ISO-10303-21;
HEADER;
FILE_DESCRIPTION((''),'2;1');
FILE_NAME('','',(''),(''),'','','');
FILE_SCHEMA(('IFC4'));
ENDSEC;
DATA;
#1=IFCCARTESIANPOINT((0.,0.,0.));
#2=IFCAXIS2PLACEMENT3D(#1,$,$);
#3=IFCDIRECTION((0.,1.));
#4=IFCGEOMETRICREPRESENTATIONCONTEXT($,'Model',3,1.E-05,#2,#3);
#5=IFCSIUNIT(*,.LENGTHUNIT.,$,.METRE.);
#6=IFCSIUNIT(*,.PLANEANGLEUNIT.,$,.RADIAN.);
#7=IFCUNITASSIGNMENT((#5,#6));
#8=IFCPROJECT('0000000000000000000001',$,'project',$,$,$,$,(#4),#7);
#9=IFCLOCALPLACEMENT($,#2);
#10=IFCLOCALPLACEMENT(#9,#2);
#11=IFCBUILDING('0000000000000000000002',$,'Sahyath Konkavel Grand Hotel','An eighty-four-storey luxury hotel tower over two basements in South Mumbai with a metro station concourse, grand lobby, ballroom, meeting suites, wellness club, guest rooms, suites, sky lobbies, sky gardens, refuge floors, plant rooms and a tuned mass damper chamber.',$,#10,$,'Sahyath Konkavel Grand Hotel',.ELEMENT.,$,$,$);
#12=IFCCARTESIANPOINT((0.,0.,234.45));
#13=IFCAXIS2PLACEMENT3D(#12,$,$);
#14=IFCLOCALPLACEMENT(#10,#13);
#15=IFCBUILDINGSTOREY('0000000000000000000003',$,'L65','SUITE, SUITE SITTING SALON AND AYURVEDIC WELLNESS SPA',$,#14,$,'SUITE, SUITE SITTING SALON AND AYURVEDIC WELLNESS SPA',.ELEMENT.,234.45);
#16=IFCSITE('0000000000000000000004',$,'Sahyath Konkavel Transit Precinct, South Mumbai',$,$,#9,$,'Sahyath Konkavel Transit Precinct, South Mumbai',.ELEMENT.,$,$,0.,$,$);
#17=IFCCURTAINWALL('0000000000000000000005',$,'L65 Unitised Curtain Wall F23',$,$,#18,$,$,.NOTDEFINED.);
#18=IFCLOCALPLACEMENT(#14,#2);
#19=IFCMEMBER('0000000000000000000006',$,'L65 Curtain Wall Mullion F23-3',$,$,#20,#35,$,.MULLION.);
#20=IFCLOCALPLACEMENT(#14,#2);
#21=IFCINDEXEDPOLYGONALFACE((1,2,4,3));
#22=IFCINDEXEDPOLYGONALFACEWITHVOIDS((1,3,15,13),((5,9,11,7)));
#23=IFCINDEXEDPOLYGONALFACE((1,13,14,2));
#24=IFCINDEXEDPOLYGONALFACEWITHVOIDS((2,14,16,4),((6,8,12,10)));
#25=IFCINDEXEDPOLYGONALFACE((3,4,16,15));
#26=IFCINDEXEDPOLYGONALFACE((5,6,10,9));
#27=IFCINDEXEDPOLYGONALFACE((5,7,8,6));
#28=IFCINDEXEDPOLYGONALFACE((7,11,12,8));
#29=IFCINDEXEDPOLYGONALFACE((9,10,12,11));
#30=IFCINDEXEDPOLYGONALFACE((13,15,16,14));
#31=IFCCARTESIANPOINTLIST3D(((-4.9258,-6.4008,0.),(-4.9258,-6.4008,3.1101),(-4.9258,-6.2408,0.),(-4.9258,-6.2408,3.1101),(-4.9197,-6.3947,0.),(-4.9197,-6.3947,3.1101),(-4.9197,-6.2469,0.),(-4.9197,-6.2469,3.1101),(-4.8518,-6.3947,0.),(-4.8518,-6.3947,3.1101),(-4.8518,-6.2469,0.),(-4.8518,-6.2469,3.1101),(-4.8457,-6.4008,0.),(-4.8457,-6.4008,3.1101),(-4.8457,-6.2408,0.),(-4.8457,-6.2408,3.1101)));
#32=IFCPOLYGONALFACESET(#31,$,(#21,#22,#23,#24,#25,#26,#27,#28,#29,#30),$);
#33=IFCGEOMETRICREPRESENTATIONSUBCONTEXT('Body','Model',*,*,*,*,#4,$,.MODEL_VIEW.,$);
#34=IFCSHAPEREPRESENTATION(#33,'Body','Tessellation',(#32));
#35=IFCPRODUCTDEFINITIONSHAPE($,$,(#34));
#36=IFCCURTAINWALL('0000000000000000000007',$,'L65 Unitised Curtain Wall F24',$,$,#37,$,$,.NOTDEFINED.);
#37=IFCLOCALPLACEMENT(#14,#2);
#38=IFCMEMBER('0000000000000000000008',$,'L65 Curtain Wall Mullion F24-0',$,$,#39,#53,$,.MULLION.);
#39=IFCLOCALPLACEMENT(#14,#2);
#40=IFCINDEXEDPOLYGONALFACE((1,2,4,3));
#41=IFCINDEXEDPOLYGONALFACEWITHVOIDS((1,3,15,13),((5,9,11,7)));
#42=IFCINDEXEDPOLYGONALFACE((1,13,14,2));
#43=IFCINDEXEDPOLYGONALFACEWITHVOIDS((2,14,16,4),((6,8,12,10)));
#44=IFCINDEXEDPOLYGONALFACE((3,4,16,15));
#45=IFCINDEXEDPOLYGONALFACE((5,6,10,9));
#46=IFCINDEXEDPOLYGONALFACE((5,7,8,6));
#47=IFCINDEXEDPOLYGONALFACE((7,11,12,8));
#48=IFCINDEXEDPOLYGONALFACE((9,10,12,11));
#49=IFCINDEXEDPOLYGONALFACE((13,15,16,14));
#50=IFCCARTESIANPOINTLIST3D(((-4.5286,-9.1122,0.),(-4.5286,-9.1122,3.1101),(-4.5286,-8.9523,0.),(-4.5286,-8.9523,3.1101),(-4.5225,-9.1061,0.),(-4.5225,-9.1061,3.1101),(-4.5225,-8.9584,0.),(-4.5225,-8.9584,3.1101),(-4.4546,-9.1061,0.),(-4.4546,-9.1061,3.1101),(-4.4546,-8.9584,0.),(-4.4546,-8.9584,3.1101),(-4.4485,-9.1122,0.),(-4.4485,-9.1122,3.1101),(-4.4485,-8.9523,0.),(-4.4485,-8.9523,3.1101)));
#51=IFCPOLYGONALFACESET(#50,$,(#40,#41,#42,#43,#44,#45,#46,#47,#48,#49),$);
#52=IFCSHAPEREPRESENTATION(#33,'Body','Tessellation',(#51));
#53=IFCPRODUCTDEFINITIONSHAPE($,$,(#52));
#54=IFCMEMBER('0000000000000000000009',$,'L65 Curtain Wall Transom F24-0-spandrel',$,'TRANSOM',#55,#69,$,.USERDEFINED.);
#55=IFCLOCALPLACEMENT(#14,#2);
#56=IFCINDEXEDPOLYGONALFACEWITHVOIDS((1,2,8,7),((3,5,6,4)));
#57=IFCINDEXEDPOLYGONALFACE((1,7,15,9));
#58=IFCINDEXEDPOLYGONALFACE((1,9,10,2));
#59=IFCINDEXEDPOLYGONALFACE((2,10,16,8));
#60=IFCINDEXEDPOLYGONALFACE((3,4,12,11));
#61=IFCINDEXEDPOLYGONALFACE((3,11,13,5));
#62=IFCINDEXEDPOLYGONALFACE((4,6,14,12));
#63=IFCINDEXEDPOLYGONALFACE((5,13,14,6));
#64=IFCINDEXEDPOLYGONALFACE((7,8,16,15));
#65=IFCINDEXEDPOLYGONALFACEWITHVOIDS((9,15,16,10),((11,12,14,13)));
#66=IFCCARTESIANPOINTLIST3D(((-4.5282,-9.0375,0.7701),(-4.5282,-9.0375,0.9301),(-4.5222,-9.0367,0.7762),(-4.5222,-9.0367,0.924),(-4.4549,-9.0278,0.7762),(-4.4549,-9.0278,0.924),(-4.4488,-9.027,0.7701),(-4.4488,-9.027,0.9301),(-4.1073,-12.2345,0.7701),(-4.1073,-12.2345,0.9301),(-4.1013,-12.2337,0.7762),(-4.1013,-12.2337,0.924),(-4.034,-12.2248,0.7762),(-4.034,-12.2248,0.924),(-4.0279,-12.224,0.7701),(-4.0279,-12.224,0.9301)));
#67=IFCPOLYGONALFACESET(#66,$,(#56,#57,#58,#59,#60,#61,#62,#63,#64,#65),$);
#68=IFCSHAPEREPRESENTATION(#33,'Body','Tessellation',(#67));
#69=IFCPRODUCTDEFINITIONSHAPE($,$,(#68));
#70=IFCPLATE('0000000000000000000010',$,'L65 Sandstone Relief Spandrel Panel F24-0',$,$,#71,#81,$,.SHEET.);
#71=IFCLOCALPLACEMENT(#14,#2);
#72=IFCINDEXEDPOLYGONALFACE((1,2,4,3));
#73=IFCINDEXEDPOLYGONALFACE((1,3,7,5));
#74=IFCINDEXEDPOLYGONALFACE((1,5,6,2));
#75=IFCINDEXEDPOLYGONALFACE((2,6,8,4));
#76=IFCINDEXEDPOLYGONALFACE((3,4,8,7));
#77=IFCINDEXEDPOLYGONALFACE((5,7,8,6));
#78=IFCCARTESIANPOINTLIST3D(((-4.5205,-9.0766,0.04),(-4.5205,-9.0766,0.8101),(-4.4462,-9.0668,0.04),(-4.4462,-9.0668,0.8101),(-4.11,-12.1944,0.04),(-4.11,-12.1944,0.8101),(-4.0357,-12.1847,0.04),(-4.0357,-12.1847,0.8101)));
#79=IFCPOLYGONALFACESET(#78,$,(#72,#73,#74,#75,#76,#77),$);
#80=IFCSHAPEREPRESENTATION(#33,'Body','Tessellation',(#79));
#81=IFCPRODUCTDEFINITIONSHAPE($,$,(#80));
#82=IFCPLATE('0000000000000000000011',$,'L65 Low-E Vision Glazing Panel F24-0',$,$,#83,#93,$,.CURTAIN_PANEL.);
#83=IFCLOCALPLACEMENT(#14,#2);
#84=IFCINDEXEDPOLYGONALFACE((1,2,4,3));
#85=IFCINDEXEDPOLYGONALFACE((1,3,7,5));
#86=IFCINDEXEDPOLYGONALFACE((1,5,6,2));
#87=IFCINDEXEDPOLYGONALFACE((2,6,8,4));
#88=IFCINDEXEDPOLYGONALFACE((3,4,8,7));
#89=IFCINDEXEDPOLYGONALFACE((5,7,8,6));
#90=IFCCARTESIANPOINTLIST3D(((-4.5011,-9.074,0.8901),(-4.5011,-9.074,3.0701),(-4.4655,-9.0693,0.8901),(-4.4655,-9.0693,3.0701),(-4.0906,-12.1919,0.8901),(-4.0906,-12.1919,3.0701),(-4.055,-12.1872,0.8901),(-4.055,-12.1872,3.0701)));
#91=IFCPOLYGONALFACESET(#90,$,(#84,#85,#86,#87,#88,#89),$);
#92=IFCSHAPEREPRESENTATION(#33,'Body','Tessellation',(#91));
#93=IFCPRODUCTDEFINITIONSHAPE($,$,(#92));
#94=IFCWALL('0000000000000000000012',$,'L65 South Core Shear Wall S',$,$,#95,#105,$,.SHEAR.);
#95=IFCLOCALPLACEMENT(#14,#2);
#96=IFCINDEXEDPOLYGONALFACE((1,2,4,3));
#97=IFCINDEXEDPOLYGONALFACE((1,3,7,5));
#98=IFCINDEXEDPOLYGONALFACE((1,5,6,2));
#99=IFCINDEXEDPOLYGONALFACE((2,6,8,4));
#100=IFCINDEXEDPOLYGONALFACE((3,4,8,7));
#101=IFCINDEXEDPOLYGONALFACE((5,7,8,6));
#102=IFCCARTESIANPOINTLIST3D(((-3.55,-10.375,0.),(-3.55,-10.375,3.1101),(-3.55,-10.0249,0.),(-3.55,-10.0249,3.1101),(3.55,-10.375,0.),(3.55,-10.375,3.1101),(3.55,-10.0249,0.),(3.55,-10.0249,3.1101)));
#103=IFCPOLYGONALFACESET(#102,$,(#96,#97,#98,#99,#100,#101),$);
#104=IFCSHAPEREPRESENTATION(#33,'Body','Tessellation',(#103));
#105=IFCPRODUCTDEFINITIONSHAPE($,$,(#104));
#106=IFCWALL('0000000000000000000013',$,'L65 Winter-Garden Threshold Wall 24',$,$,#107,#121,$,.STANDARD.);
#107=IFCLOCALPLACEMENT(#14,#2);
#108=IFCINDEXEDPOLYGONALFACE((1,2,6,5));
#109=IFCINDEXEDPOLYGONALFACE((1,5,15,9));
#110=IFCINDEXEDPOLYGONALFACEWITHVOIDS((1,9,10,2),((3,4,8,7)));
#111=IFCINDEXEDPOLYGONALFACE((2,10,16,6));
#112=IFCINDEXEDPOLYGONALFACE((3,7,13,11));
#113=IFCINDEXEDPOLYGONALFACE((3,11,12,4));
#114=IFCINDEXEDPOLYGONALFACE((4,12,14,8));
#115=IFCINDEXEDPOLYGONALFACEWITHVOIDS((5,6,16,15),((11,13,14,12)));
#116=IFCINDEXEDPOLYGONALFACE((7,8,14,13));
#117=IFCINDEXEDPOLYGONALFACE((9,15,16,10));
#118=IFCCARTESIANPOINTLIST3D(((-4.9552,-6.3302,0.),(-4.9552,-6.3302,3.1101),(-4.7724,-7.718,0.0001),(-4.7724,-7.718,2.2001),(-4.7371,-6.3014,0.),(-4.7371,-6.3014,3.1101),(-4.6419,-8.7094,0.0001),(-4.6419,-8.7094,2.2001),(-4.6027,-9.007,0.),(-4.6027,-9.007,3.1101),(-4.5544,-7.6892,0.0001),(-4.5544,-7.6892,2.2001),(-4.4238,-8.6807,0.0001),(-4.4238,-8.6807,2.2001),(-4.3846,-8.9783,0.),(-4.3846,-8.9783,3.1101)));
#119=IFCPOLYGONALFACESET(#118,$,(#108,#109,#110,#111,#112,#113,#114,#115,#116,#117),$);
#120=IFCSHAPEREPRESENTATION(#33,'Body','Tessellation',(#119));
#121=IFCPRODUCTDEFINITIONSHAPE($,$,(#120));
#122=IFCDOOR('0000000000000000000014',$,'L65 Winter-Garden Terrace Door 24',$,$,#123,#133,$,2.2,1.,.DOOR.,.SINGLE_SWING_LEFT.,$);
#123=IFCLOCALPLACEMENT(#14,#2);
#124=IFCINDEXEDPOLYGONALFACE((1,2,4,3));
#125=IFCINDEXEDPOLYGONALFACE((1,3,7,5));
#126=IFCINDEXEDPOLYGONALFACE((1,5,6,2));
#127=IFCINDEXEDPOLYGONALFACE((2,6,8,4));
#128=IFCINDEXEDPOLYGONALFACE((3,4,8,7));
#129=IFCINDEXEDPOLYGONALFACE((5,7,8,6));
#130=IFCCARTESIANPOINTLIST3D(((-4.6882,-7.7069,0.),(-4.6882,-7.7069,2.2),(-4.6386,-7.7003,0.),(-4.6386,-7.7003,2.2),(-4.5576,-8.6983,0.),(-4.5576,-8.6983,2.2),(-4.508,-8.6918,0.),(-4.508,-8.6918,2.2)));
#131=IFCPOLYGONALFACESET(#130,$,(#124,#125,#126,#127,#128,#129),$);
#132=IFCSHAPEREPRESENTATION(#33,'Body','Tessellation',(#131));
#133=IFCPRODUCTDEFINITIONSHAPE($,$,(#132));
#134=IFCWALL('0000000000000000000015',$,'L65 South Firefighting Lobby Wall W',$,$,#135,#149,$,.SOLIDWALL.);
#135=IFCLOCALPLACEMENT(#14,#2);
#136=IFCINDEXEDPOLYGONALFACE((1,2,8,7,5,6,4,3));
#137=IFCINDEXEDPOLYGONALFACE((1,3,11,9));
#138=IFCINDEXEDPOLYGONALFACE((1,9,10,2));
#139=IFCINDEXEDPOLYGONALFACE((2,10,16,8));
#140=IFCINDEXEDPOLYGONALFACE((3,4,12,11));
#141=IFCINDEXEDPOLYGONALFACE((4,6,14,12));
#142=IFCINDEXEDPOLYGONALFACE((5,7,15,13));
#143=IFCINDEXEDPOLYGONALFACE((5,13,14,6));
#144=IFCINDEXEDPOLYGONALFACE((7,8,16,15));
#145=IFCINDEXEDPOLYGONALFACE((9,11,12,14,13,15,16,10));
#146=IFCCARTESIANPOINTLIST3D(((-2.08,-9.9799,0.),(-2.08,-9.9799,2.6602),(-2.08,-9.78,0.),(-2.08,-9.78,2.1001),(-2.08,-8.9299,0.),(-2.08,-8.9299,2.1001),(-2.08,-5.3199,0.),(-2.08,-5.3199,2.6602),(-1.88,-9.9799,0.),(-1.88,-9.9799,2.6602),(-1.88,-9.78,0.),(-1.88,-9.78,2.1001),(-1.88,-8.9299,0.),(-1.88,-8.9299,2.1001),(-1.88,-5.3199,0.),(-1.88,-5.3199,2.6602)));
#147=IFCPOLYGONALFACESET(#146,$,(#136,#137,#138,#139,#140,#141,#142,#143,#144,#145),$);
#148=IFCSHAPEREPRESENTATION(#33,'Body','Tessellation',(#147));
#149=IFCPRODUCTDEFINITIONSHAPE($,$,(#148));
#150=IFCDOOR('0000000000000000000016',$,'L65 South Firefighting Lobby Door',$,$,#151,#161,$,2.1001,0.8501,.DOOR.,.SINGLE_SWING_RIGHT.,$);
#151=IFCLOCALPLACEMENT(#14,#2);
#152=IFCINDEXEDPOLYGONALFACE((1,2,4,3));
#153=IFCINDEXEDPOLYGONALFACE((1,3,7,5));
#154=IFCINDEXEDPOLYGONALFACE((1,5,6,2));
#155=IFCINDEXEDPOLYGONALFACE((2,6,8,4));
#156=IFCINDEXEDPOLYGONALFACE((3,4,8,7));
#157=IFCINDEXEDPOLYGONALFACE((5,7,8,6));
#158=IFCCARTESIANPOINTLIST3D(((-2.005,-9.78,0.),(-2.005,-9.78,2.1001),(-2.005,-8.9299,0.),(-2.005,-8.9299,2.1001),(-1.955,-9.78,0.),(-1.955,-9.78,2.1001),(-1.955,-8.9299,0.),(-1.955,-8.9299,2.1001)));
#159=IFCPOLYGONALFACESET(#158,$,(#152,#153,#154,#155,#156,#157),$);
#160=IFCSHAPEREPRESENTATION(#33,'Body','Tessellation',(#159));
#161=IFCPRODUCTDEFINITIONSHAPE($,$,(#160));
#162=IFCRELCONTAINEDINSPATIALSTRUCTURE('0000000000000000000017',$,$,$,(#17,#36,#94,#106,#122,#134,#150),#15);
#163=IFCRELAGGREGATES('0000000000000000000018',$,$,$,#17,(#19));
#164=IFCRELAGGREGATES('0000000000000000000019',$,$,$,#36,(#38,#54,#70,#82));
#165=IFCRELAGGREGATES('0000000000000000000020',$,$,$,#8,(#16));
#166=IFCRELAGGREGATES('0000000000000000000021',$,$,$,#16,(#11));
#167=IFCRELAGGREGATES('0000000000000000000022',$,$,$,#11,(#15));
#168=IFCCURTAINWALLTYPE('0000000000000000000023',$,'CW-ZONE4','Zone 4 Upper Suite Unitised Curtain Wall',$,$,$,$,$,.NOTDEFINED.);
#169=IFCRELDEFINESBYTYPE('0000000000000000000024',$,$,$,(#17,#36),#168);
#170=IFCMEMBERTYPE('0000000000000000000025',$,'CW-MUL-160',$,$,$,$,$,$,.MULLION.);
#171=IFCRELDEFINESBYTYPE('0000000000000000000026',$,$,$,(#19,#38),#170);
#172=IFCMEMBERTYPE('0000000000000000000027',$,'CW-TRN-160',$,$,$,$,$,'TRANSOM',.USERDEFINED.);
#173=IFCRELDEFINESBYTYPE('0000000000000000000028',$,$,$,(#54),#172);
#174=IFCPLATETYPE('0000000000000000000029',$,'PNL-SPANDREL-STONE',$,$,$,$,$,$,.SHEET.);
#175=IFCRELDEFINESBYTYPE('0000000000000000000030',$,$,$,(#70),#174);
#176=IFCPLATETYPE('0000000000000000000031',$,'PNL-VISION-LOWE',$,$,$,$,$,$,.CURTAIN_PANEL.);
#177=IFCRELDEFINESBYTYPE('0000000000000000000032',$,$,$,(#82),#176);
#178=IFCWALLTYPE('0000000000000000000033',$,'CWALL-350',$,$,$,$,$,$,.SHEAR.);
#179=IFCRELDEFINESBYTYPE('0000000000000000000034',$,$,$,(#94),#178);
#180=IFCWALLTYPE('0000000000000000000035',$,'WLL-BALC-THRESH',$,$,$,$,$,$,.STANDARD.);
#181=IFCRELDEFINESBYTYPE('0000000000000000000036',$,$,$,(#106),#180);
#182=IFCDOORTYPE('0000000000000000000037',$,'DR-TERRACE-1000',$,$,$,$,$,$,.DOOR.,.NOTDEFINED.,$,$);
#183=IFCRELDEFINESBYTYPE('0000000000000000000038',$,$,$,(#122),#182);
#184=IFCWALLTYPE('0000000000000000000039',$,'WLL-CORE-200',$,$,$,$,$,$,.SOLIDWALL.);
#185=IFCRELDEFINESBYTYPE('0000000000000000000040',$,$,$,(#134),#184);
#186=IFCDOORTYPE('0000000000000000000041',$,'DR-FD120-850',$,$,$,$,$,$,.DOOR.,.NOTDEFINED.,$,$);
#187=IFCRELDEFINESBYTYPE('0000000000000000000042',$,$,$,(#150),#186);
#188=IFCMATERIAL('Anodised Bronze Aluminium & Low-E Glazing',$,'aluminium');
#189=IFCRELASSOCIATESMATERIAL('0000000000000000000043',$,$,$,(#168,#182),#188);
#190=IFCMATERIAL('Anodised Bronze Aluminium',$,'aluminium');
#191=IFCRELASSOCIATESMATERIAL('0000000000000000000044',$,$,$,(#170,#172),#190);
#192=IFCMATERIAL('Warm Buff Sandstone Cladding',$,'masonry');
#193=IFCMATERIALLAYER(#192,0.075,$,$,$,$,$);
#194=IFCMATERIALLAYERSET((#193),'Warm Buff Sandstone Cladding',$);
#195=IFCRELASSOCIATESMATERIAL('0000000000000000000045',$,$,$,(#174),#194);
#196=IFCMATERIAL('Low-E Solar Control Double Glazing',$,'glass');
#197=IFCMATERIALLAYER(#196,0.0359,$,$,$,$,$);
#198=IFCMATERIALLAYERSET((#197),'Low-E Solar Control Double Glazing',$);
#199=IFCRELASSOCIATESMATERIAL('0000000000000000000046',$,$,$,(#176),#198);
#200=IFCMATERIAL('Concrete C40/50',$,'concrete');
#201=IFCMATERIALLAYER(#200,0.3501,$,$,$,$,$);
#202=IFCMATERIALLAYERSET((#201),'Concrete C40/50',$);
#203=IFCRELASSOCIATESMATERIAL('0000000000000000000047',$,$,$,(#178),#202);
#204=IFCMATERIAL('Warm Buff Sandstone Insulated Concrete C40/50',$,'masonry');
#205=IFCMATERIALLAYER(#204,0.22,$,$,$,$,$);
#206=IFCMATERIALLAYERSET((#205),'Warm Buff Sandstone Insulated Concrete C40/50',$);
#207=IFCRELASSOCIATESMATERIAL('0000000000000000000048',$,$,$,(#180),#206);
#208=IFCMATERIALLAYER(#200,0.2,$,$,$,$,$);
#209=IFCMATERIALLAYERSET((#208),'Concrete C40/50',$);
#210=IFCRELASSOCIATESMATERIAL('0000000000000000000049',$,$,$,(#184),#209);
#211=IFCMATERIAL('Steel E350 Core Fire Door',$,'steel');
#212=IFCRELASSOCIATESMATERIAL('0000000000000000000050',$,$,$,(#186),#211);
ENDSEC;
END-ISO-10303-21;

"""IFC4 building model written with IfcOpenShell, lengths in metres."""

from ifc_helpers import new_model, si_unit, direction, frame, frame_2d, origin, origin_2d, place, context, subcontext, project, spatial, rectangle, hollow_rectangle, extrude, source, transform, mapped, material, layer, layer_set, material_profile, profile_set, type_object, element, fill, aggregate, save


model = new_model("IFC4")

# Units and contexts
model_context = context("Model", 3, precision=1e-05, world=origin(), true_north=direction((0.0, 1.0)))
body_context = subcontext(model_context, "Body", "Model", "MODEL_VIEW")
ifc_project = project(units=[si_unit("LENGTHUNIT", "METRE"), si_unit("PLANEANGLEUNIT", "RADIAN")], contexts=[model_context])

# Site, building, storey
site_placement = place(None, origin())
site = spatial("IfcSite", under=ifc_project, at=site_placement, Name="Sahyath Konkavel Transit Precinct, South Mumbai", LongName="Sahyath Konkavel Transit Precinct, South Mumbai", CompositionType="ELEMENT", RefElevation=0.0)
building_placement = place(site_placement, origin())
building = spatial("IfcBuilding", under=site, at=building_placement, Name="Sahyath Konkavel Grand Hotel", Description="An eighty-four-storey luxury hotel tower over two basements in South Mumbai with a metro station concourse, grand lobby, ballroom, meeting suites, wellness club, guest rooms, suites, sky lobbies, sky gardens, refuge floors, plant rooms and a tuned mass damper chamber.", LongName="Sahyath Konkavel Grand Hotel", CompositionType="ELEMENT")
storey_placement = place(building_placement, frame((0.0, 0.0, 234.45)))
storey = spatial("IfcBuildingStorey", under=building, at=storey_placement, Name="L65", Description="SUITE, SUITE SITTING SALON AND AYURVEDIC WELLNESS SPA", LongName="SUITE, SUITE SITTING SALON AND AYURVEDIC WELLNESS SPA", CompositionType="ELEMENT", Elevation=234.45)

# Shared definitions
ifc_material_1 = material(Name="Concrete C40/50", Category="concrete")

# Curtain wall, member
ifc_material_2 = material(Name="Anodised Bronze Aluminium & Low-E Glazing", Category="aluminium")
curtain_wall_type = type_object("IfcCurtainWallType", Name="CW-ZONE4", Description="Zone 4 Upper Suite Unitised Curtain Wall", PredefinedType="NOTDEFINED", material=ifc_material_2)
curtain_wall_1_placement = place(storey_placement, origin())
curtain_wall_1 = element("IfcCurtainWall", 1, at=curtain_wall_1_placement, inside=storey, type_object=curtain_wall_type, Name="L65 Unitised Curtain Wall F23", PredefinedType="NOTDEFINED")
ifc_material_3 = material(Name="Anodised Bronze Aluminium", Category="aluminium")
ifc_material_profile_1 = material_profile(ifc_material_3, hollow_rectangle(XDim=0.0801, YDim=0.1599, WallThickness=0.0061, at=origin_2d()), Name="RHS 160x80x6")
ifc_profile_set_1 = profile_set([ifc_material_profile_1], Name="Anodised Bronze Aluminium")
member_type_1 = type_object("IfcMemberType", Name="CW-MUL-160", PredefinedType="MULLION", material=ifc_profile_set_1)
shared_shape_1 = source(origin(), body_context, "Body", "SweptSolid", [
    extrude(hollow_rectangle(XDim=0.0801, YDim=0.1599, WallThickness=0.0061, at=origin_2d()), origin(), (0.0, 0.0, 1.0), 3.1101),
])
member_1_placement = place(storey_placement, frame((-4.8857, -6.3208, 0.0), z_axis=(0.0, 0.0, 1.0), x_axis=(1.0, 0.0, 0.0)))
member_1 = element("IfcMember", 2, at=member_1_placement, type_object=member_type_1, Name="L65 Curtain Wall Mullion F23-3", PredefinedType="MULLION", context=body_context, shape_type="MappedRepresentation", body=[
    mapped(shared_shape_1, transform((0.0, 0.0, 0.0), scale=1.0)),
])
aggregate(curtain_wall_1, [member_1])

# Curtain wall, members, plates
curtain_wall_2_placement = place(storey_placement, origin())
curtain_wall_2 = element("IfcCurtainWall", 3, at=curtain_wall_2_placement, inside=storey, type_object=curtain_wall_type, Name="L65 Unitised Curtain Wall F24", PredefinedType="NOTDEFINED")
member_2_placement = place(storey_placement, frame((-4.4885, -9.0322, 0.0), z_axis=(0.0, 0.0, 1.0), x_axis=(1.0, 0.0, 0.0)))
member_2 = element("IfcMember", 4, at=member_2_placement, type_object=member_type_1, Name="L65 Curtain Wall Mullion F24-0", PredefinedType="MULLION", context=body_context, shape_type="MappedRepresentation", body=[
    mapped(shared_shape_1, transform((0.0, 0.0, 0.0), scale=1.0)),
])
ifc_material_profile_2 = material_profile(ifc_material_3, hollow_rectangle(XDim=0.0801, YDim=0.1599, WallThickness=0.0061, at=origin_2d()), Name="RHS 160x80x6")
ifc_profile_set_2 = profile_set([ifc_material_profile_2], Name="Anodised Bronze Aluminium")
member_type_2 = type_object("IfcMemberType", Name="CW-TRN-160", ElementType="TRANSOM", PredefinedType="USERDEFINED", material=ifc_profile_set_2)
shared_shape_2 = source(origin(), body_context, "Body", "SweptSolid", [
    extrude(hollow_rectangle(XDim=0.0801, YDim=0.1599, WallThickness=0.0061, at=origin_2d()), origin(), (0.0, 0.0, 1.0), 3.2246),
])
member_3_placement = place(storey_placement, frame((-4.4885, -9.0322, 0.8501), z_axis=(0.130527, -0.991445, 0.0), x_axis=(0.991445, 0.130527, 0.0)))
member_3 = element("IfcMember", 5, at=member_3_placement, type_object=member_type_2, Name="L65 Curtain Wall Transom F24-0-spandrel", ObjectType="TRANSOM", PredefinedType="USERDEFINED", context=body_context, shape_type="MappedRepresentation", body=[
    mapped(shared_shape_2, transform((0.0, 0.0, 0.0), scale=1.0)),
])
ifc_material_4 = material(Name="Warm Buff Sandstone Cladding", Category="masonry")
ifc_layer_1 = layer(ifc_material_4, 0.075)
ifc_layer_set_1 = layer_set([ifc_layer_1], Name="Warm Buff Sandstone Cladding")
plate_type_1 = type_object("IfcPlateType", Name="PNL-SPANDREL-STONE", PredefinedType="SHEET", material=ifc_layer_set_1)
shared_shape_3 = source(origin(), body_context, "Body", "SweptSolid", [
    extrude(rectangle(XDim=3.1448, YDim=0.075, at=origin_2d()), origin(), (0.0, 0.0, 1.0), 0.77),
])
plate_1_placement = place(storey_placement, frame((-4.2781, -10.6306, 0.04), z_axis=(0.0, 0.0, 1.0), x_axis=(0.130526, -0.991445, 0.0)))
plate_1 = element("IfcPlate", 6, at=plate_1_placement, type_object=plate_type_1, Name="L65 Sandstone Relief Spandrel Panel F24-0", PredefinedType="SHEET", context=body_context, shape_type="MappedRepresentation", body=[
    mapped(shared_shape_3, transform((0.0, 0.0, 0.0), scale=1.0)),
])
ifc_material_5 = material(Name="Low-E Solar Control Double Glazing", Category="glass")
ifc_layer_2 = layer(ifc_material_5, 0.0359)
ifc_layer_set_2 = layer_set([ifc_layer_2], Name="Low-E Solar Control Double Glazing")
plate_type_2 = type_object("IfcPlateType", Name="PNL-VISION-LOWE", PredefinedType="CURTAIN_PANEL", material=ifc_layer_set_2)
shared_shape_4 = source(origin(), body_context, "Body", "SweptSolid", [
    extrude(rectangle(XDim=3.1448, YDim=0.0359, at=origin_2d()), origin(), (0.0, 0.0, 1.0), 2.1799),
])
plate_2_placement = place(storey_placement, frame((-4.2781, -10.6306, 0.8901), z_axis=(0.0, 0.0, 1.0), x_axis=(0.130526, -0.991445, 0.0)))
plate_2 = element("IfcPlate", 7, at=plate_2_placement, type_object=plate_type_2, Name="L65 Low-E Vision Glazing Panel F24-0", PredefinedType="CURTAIN_PANEL", context=body_context, shape_type="MappedRepresentation", body=[
    mapped(shared_shape_4, transform((0.0, 0.0, 0.0), scale=1.0)),
])
aggregate(curtain_wall_2, [member_2, member_3, plate_1, plate_2])

# Wall
ifc_layer_3 = layer(ifc_material_1, 0.3501)
ifc_layer_set_3 = layer_set([ifc_layer_3], Name="Concrete C40/50")
wall_type_1 = type_object("IfcWallType", Name="CWALL-350", PredefinedType="SHEAR", material=ifc_layer_set_3)
wall_1_placement = place(storey_placement, frame((-3.55, -10.2, 0.0), z_axis=(0.0, 0.0, 1.0), x_axis=(1.0, 0.0, 0.0)))
element("IfcWall", 8, at=wall_1_placement, inside=storey, type_object=wall_type_1, Name="L65 South Core Shear Wall S", PredefinedType="SHEAR", context=body_context, shape_type="SweptSolid", body=[
    extrude(rectangle(XDim=7.1001, YDim=0.3501, at=frame_2d((3.55, 0.0))), origin(), (0.0, 0.0, 1.0), 3.1101),
])

# Walls, openings, doors
ifc_material_6 = material(Name="Warm Buff Sandstone Insulated Concrete C40/50", Category="masonry")
ifc_layer_4 = layer(ifc_material_6, 0.22)
ifc_layer_set_4 = layer_set([ifc_layer_4], Name="Warm Buff Sandstone Insulated Concrete C40/50")
wall_type_2 = type_object("IfcWallType", Name="WLL-BALC-THRESH", PredefinedType="STANDARD", material=ifc_layer_set_4)
wall_2_placement = place(storey_placement, frame((-4.8462, -6.3157, 0.0), z_axis=(0.0, 0.0, 1.0), x_axis=(0.130576, -0.991438, 0.0)))
wall_2 = element("IfcWall", 9, at=wall_2_placement, inside=storey, type_object=wall_type_2, Name="L65 Winter-Garden Threshold Wall 24", PredefinedType="STANDARD", context=body_context, shape_type="SweptSolid", body=[
    extrude(rectangle(XDim=2.7, YDim=0.22, at=frame_2d((1.3501, 0.0))), origin(), (0.0, 0.0, 1.0), 3.1101),
])
opening_1_placement = place(wall_2_placement, frame((1.3999, 0.0, 0.0)))
opening_1 = element("IfcOpeningElement", 10, at=opening_1_placement, cuts=wall_2, PredefinedType="OPENING", context=body_context, shape_type="SweptSolid", body=[
    extrude(rectangle(XDim=1.0, YDim=2.2, at=frame_2d((0.5, 1.1001))), frame((0.0, 0.1201, 0.0), z_axis=(0.0, -1.0, 0.0), x_axis=(1.0, 0.0, 0.0)), (0.0, 0.0, 1.0), 0.24),
])
door_type_1 = type_object("IfcDoorType", Name="DR-TERRACE-1000", OperationType="NOTDEFINED", PredefinedType="DOOR", material=ifc_material_2)
shared_shape_5 = source(origin(), body_context, "Body", "SweptSolid", [
    extrude(rectangle(XDim=1.0, YDim=0.05, at=origin_2d()), origin(), (0.0, 0.0, 1.0), 2.2),
])
door_1_placement = place(opening_1_placement, frame((0.5, 0.0, 0.0)))
door_1 = element("IfcDoor", 11, at=door_1_placement, inside=storey, type_object=door_type_1, Name="L65 Winter-Garden Terrace Door 24", OperationType="SINGLE_SWING_LEFT", OverallHeight=2.2, OverallWidth=1.0, PredefinedType="DOOR", context=body_context, shape_type="MappedRepresentation", body=[
    mapped(shared_shape_5, transform((0.0, 0.0, 0.0), scale=1.0)),
])
fill(opening_1, door_1)
ifc_layer_5 = layer(ifc_material_1, 0.2)
ifc_layer_set_5 = layer_set([ifc_layer_5], Name="Concrete C40/50")
wall_type_3 = type_object("IfcWallType", Name="WLL-CORE-200", PredefinedType="SOLIDWALL", material=ifc_layer_set_5)
wall_3_placement = place(storey_placement, frame((-1.98, -9.98, 0.0), z_axis=(0.0, 0.0, 1.0), x_axis=(0.0, 1.0, 0.0)))
wall_3 = element("IfcWall", 12, at=wall_3_placement, inside=storey, type_object=wall_type_3, Name="L65 South Firefighting Lobby Wall W", PredefinedType="SOLIDWALL", context=body_context, shape_type="SweptSolid", body=[
    extrude(rectangle(XDim=4.6599, YDim=0.2, at=frame_2d((2.3301, 0.0))), origin(), (0.0, 0.0, 1.0), 2.6602),
])
opening_2_placement = place(wall_3_placement, frame((0.2, 0.0, 0.0)))
opening_2 = element("IfcOpeningElement", 13, at=opening_2_placement, cuts=wall_3, PredefinedType="OPENING", context=body_context, shape_type="SweptSolid", body=[
    extrude(rectangle(XDim=0.8501, YDim=2.1001, at=frame_2d((0.425, 1.05))), frame((0.0, 0.1099, 0.0), z_axis=(0.0, -1.0, 0.0), x_axis=(1.0, 0.0, 0.0)), (0.0, 0.0, 1.0), 0.22),
])
ifc_material_7 = material(Name="Steel E350 Core Fire Door", Category="steel")
door_type_2 = type_object("IfcDoorType", Name="DR-FD120-850", OperationType="NOTDEFINED", PredefinedType="DOOR", material=ifc_material_7)
shared_shape_6 = source(origin(), body_context, "Body", "SweptSolid", [
    extrude(rectangle(XDim=0.8501, YDim=0.05, at=origin_2d()), origin(), (0.0, 0.0, 1.0), 2.1001),
])
door_2_placement = place(opening_2_placement, frame((0.425, 0.0, 0.0)))
door_2 = element("IfcDoor", 14, at=door_2_placement, inside=storey, type_object=door_type_2, Name="L65 South Firefighting Lobby Door", OperationType="SINGLE_SWING_RIGHT", OverallHeight=2.1001, OverallWidth=0.8501, PredefinedType="DOOR", context=body_context, shape_type="MappedRepresentation", body=[
    mapped(shared_shape_6, transform((0.0, 0.0, 0.0), scale=1.0)),
])
fill(opening_2, door_2)

save(model, "model.ifc")
